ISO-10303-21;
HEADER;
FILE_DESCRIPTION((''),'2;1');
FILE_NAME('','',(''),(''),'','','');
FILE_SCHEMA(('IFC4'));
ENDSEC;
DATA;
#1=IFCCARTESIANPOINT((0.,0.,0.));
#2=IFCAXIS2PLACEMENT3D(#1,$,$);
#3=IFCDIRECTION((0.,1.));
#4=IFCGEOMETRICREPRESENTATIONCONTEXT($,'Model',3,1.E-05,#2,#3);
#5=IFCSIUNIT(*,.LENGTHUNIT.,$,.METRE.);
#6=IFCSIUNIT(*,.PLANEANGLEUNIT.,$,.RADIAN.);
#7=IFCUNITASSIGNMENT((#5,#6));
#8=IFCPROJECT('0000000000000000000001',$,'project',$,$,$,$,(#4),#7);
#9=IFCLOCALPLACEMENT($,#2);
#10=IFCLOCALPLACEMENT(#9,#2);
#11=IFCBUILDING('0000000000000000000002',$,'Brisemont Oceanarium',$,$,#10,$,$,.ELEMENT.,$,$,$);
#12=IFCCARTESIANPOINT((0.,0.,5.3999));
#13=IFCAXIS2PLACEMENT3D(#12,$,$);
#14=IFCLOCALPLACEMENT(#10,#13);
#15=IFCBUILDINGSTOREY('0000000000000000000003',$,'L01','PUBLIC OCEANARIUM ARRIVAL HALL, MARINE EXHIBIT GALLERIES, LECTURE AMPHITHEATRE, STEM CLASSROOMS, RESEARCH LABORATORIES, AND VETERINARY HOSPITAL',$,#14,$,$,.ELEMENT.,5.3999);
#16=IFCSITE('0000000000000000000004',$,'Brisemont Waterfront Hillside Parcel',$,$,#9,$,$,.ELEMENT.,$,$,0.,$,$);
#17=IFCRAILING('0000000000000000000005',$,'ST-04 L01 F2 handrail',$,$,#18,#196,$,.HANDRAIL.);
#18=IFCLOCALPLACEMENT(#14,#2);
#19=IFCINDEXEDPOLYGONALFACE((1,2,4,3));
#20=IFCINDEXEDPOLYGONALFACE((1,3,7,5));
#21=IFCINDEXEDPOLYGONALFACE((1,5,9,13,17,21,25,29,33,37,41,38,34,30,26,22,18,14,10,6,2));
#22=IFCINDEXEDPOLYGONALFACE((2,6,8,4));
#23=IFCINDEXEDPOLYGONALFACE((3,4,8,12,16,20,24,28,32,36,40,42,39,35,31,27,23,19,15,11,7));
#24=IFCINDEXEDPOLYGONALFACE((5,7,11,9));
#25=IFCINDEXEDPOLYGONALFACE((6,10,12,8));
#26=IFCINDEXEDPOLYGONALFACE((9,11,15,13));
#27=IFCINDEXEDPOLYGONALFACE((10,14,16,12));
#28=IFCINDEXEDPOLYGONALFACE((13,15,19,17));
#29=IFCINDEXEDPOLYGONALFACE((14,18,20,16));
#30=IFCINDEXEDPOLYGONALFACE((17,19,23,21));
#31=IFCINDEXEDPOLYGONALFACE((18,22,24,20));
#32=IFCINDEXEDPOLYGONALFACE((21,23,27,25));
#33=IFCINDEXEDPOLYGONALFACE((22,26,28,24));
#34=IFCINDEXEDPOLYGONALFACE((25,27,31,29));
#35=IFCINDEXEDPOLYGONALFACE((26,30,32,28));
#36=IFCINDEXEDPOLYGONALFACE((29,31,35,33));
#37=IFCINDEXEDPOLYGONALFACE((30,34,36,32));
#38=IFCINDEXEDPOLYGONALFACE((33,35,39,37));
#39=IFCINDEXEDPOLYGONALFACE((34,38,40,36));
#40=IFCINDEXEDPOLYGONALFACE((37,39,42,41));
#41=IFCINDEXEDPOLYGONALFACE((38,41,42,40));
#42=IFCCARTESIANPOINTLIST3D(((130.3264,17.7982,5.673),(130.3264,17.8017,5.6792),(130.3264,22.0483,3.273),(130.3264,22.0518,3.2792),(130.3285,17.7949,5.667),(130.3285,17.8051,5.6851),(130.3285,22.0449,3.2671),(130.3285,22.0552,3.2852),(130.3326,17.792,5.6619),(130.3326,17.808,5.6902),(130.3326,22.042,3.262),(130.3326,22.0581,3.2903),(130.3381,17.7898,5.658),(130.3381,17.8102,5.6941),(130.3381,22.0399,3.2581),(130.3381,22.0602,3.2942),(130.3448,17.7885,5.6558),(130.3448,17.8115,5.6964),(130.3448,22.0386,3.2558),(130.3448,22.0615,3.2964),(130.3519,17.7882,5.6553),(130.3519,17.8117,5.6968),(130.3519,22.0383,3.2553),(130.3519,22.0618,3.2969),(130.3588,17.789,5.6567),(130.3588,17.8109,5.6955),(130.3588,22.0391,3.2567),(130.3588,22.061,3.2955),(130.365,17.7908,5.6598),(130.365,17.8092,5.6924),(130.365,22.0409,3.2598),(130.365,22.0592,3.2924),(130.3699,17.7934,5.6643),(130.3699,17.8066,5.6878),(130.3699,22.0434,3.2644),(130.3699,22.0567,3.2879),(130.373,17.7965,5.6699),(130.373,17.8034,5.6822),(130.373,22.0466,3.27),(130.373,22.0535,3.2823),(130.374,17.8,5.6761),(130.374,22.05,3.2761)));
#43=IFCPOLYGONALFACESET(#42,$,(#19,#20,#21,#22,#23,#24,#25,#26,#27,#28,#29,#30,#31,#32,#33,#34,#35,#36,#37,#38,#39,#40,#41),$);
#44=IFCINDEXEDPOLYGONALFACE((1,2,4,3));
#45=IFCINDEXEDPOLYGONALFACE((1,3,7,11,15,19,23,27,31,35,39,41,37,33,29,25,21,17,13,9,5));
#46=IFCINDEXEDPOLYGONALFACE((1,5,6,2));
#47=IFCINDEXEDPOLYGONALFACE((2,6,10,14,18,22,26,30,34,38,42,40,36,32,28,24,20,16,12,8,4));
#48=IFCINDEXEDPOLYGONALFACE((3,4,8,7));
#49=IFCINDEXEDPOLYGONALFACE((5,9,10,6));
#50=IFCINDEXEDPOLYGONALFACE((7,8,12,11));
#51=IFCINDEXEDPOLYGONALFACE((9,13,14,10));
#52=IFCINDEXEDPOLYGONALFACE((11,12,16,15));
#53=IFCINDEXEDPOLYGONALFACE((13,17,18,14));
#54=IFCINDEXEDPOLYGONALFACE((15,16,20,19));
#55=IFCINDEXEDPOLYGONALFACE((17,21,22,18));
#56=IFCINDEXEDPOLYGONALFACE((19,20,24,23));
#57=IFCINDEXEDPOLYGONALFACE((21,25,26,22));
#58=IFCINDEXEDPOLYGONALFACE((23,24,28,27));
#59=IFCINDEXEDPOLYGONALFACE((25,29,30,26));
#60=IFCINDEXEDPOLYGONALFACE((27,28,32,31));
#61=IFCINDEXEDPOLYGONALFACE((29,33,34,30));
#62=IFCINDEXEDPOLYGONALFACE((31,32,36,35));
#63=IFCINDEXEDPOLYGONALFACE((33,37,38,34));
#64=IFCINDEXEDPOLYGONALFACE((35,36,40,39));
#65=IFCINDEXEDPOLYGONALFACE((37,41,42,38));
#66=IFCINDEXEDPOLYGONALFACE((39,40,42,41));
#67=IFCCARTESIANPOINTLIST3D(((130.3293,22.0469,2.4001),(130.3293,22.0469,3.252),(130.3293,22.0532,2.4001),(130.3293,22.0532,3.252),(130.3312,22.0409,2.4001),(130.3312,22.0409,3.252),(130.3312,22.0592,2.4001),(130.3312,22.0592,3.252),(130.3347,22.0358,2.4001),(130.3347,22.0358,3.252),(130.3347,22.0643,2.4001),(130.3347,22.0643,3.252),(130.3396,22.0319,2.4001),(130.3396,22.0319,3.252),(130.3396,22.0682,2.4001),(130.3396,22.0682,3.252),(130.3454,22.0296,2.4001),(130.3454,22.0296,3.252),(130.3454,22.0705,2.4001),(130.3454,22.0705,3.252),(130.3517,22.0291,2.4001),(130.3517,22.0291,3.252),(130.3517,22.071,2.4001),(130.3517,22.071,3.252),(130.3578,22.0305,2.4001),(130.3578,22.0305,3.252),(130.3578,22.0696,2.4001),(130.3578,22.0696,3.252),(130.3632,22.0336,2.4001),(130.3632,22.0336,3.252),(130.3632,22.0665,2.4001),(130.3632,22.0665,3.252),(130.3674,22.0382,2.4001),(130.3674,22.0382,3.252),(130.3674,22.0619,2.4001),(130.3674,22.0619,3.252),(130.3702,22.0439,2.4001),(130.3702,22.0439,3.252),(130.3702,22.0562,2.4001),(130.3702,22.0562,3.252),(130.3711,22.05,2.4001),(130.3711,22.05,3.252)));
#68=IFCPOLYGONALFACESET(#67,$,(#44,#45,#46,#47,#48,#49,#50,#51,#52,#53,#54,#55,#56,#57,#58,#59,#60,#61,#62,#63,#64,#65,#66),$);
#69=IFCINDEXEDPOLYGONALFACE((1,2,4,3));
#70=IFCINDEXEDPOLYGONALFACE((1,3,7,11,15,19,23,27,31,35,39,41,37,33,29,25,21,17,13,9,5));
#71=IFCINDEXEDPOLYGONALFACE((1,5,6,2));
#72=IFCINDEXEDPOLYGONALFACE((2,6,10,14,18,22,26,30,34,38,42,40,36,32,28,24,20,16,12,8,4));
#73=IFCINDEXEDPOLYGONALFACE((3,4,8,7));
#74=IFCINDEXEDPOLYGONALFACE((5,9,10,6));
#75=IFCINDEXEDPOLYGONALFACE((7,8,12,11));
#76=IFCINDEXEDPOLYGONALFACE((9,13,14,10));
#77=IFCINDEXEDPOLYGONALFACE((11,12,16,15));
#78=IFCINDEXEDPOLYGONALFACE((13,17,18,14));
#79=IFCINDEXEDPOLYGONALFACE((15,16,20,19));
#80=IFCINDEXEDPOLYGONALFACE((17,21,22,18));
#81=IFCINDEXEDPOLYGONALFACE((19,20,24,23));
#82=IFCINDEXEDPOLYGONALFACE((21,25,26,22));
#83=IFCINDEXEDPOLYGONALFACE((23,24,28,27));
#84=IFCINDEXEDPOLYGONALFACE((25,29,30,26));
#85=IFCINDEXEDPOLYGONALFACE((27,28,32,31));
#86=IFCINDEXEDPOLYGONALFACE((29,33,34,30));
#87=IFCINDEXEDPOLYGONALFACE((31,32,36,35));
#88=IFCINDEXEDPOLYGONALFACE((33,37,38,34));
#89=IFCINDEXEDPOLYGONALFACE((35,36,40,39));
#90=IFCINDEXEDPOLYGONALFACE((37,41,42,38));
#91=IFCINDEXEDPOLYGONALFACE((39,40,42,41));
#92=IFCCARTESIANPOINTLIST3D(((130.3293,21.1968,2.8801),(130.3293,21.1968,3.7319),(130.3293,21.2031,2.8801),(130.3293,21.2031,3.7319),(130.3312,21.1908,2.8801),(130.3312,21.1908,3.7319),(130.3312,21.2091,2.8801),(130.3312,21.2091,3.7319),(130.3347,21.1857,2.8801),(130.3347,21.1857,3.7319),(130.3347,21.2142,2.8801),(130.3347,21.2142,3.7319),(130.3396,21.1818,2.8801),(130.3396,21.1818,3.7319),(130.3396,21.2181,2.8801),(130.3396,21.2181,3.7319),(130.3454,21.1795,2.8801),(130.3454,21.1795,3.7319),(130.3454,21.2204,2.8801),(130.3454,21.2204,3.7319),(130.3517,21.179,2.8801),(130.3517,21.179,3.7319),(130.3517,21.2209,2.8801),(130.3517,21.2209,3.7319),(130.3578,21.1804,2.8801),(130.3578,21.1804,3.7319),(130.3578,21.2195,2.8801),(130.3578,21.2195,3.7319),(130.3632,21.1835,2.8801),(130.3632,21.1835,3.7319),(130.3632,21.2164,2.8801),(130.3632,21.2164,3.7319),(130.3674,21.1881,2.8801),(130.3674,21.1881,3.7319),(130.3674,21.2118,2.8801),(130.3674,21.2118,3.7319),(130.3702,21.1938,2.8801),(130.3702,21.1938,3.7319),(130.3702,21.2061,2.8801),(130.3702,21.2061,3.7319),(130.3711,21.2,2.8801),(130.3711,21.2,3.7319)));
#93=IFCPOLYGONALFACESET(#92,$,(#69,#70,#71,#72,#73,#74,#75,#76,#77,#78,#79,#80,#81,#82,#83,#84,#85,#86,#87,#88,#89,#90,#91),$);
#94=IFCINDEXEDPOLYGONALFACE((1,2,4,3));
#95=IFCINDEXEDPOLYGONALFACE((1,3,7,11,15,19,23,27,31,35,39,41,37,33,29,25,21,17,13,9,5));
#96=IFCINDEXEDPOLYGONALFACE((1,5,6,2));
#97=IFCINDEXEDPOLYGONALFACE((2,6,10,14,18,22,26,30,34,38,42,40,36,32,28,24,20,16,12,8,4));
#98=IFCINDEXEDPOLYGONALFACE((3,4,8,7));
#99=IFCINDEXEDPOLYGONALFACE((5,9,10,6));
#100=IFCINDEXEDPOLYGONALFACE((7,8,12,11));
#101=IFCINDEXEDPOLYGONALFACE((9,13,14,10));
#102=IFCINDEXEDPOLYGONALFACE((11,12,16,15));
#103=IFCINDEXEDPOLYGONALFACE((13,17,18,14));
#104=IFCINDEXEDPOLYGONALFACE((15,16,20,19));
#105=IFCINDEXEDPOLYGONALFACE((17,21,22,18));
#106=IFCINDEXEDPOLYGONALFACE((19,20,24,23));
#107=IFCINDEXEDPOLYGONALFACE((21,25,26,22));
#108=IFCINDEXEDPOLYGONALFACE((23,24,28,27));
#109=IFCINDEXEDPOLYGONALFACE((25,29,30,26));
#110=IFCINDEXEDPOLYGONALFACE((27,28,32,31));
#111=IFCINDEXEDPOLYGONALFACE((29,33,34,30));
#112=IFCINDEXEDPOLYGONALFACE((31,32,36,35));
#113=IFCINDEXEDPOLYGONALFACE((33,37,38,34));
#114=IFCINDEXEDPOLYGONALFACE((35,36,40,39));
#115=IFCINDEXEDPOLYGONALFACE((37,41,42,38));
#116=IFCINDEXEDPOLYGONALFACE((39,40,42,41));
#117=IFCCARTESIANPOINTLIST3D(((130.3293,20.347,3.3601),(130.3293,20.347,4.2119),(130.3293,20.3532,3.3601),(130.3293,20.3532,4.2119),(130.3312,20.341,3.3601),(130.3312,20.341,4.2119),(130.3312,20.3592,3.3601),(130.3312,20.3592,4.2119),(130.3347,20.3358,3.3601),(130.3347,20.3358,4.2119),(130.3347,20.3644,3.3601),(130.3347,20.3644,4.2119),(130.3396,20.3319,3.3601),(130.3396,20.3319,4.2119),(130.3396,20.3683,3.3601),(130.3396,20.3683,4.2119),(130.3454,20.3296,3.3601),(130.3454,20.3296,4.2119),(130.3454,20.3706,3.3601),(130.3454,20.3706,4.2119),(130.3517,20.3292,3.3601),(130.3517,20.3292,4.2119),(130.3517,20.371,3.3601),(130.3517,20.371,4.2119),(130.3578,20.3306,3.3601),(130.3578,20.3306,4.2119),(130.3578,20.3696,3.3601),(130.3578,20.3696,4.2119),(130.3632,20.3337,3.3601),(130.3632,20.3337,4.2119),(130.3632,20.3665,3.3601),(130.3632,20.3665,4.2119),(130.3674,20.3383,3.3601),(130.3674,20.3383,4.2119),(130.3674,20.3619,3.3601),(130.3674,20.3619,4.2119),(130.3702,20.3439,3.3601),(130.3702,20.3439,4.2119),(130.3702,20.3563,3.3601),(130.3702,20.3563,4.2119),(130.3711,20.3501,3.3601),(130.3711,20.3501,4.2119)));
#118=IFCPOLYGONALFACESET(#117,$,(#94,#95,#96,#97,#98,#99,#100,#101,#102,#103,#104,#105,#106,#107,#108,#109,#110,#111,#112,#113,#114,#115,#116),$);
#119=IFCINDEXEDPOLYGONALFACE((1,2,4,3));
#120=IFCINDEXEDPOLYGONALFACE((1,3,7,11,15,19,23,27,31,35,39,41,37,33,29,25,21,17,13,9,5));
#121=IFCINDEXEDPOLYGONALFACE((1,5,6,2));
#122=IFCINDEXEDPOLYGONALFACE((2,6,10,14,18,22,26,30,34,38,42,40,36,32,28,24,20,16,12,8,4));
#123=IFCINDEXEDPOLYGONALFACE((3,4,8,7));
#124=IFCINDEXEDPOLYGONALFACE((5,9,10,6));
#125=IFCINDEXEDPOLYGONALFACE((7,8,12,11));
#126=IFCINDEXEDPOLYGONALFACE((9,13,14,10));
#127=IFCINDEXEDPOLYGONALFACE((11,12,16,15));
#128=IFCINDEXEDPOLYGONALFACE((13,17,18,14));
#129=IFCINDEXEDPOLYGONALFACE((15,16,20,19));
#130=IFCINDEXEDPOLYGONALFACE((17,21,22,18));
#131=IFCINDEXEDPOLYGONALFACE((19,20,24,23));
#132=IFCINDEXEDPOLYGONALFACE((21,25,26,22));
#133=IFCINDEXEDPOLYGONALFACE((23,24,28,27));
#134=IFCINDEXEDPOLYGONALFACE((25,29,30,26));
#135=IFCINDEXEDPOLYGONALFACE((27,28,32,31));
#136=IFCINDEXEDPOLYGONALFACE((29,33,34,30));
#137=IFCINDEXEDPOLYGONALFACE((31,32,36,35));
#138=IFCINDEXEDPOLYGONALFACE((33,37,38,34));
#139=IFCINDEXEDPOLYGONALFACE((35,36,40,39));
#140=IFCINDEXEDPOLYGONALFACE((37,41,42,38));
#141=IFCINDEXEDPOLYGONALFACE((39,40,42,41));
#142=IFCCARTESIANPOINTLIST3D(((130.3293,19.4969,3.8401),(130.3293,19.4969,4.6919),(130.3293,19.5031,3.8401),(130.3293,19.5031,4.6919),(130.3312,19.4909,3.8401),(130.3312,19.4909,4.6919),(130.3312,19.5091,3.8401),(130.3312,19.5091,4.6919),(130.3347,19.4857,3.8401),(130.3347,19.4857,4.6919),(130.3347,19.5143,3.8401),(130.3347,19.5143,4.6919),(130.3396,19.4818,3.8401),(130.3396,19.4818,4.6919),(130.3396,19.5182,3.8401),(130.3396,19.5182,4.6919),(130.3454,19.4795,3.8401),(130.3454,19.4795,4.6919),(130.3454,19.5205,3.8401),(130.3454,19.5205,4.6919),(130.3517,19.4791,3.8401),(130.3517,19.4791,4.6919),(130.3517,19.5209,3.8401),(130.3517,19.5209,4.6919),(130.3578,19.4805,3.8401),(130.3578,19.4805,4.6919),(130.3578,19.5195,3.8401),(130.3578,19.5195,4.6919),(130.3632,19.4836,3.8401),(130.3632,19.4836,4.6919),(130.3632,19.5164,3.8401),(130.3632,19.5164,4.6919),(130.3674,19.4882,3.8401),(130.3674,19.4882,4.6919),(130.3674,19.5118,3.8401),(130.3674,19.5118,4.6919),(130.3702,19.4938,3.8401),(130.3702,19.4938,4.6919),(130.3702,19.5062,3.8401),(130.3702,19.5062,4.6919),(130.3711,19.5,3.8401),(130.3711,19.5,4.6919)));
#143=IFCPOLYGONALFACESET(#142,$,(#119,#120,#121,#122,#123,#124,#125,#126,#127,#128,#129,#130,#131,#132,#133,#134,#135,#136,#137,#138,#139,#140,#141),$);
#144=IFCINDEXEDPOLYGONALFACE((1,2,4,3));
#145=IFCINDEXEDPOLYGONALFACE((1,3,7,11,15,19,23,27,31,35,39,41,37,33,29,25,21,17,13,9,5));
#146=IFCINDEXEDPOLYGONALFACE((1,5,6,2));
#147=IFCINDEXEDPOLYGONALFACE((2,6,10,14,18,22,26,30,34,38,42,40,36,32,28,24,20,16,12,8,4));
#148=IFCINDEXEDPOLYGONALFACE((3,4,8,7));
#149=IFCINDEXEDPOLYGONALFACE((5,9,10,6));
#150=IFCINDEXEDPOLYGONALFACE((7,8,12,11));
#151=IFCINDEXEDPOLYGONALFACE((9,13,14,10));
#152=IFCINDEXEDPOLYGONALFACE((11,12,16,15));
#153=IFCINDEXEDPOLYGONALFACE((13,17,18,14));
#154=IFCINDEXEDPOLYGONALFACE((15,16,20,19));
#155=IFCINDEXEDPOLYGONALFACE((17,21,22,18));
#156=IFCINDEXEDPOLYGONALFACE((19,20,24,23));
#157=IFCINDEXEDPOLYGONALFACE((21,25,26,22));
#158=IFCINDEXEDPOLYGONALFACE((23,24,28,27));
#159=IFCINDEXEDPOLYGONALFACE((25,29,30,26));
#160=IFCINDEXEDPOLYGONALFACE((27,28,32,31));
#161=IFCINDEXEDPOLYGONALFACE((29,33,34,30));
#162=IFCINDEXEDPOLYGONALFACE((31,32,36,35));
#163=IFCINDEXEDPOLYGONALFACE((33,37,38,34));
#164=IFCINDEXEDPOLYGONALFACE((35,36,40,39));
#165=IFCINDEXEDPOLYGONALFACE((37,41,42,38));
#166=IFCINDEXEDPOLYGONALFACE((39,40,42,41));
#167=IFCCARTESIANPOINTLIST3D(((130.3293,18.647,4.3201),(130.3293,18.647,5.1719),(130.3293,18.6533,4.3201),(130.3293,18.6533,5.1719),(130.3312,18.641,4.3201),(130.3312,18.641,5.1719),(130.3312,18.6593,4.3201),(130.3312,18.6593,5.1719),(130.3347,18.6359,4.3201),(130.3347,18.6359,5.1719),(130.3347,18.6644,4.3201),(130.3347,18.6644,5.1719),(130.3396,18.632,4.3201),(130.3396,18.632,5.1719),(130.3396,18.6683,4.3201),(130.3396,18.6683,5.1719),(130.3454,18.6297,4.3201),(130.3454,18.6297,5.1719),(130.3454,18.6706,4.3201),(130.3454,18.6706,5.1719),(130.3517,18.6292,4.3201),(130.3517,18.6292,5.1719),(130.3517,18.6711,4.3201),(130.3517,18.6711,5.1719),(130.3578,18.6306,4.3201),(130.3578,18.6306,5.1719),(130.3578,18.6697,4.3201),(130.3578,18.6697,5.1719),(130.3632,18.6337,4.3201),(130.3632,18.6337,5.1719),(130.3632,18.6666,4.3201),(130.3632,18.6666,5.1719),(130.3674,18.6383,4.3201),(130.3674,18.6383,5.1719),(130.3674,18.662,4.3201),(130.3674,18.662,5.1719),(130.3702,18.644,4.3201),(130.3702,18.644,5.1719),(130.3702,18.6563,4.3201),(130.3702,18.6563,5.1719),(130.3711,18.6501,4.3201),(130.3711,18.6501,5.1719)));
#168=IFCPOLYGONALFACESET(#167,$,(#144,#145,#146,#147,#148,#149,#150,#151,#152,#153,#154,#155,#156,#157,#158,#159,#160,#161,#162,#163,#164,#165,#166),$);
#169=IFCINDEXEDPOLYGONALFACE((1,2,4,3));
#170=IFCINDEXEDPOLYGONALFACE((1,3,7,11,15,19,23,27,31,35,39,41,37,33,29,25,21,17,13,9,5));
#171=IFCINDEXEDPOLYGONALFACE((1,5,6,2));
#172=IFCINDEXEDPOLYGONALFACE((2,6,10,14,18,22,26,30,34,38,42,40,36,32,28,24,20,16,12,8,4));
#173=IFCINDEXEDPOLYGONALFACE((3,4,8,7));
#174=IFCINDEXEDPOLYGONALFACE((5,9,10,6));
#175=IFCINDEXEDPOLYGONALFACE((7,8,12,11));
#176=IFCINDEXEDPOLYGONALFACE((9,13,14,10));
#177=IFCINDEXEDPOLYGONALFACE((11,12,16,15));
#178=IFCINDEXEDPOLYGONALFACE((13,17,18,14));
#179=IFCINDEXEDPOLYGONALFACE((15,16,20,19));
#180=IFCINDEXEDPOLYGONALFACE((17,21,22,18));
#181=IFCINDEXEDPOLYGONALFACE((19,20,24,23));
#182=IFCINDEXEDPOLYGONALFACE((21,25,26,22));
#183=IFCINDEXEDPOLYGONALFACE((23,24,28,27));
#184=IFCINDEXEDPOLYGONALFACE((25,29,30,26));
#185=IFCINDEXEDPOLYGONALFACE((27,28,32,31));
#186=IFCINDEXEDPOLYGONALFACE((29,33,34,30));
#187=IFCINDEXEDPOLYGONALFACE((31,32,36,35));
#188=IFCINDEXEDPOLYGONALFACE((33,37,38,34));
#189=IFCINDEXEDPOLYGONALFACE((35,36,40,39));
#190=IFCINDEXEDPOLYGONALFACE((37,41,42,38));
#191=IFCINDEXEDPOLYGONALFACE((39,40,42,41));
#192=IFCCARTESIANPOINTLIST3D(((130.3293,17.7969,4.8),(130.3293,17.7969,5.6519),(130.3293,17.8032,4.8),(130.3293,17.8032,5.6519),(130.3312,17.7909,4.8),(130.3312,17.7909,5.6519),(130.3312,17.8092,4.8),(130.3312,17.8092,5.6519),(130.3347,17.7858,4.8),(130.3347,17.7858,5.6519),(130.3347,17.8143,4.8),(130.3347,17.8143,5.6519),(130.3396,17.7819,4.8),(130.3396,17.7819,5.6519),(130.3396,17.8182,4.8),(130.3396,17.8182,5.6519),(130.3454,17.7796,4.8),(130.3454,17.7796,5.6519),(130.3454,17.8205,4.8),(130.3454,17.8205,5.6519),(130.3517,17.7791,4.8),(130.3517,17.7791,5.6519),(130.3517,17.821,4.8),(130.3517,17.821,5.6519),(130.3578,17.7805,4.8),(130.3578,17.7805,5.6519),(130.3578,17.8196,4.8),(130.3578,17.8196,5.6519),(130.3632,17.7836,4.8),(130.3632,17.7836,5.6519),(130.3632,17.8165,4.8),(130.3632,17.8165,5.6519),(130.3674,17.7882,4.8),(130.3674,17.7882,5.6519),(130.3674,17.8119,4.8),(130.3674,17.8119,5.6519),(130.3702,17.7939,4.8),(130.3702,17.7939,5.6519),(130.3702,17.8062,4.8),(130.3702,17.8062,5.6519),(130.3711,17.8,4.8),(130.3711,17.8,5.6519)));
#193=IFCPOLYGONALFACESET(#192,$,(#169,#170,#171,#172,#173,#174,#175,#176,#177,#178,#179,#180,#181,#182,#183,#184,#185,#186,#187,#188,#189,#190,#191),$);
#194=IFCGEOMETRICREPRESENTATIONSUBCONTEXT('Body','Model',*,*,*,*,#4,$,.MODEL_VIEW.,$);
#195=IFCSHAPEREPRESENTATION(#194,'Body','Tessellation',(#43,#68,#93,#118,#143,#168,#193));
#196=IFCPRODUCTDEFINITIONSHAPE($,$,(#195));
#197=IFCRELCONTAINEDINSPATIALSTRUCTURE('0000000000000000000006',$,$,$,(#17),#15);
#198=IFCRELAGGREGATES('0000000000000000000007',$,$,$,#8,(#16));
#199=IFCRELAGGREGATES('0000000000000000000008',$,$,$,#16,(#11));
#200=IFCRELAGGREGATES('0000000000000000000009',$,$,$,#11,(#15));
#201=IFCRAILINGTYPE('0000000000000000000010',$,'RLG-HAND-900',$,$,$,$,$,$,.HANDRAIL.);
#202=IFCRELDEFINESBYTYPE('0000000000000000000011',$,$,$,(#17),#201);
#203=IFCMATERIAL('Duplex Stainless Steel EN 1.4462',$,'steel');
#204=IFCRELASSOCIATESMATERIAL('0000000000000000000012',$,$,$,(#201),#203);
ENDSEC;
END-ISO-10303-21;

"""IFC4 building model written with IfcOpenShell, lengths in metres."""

from ifc_helpers import new_model, si_unit, direction, frame, origin, origin_2d, place, context, subcontext, project, spatial, circle, extrude, material, type_object, element, save


model = new_model("IFC4")

# Units and contexts
model_context = context("Model", 3, precision=1e-05, world=origin(), true_north=direction((0.0, 1.0)))
body_context = subcontext(model_context, "Body", "Model", "MODEL_VIEW")
ifc_project = project(units=[si_unit("LENGTHUNIT", "METRE"), si_unit("PLANEANGLEUNIT", "RADIAN")], contexts=[model_context])

# Site, building, storey
site_placement = place(None, origin())
site = spatial("IfcSite", under=ifc_project, at=site_placement, Name="Brisemont Waterfront Hillside Parcel", CompositionType="ELEMENT", RefElevation=0.0)
building_placement = place(site_placement, origin())
building = spatial("IfcBuilding", under=site, at=building_placement, Name="Brisemont Oceanarium", CompositionType="ELEMENT")
storey_placement = place(building_placement, frame((0.0, 0.0, 5.3999)))
storey = spatial("IfcBuildingStorey", under=building, at=storey_placement, Name="L01", Description="PUBLIC OCEANARIUM ARRIVAL HALL, MARINE EXHIBIT GALLERIES, LECTURE AMPHITHEATRE, STEM CLASSROOMS, RESEARCH LABORATORIES, AND VETERINARY HOSPITAL", CompositionType="ELEMENT", Elevation=5.3999)

# Railing
ifc_material_1 = material(Name="Duplex Stainless Steel EN 1.4462", Category="steel")
railing_type_1 = type_object("IfcRailingType", Name="RLG-HAND-900", PredefinedType="HANDRAIL", material=ifc_material_1)
railing_1_placement = place(storey_placement, frame((130.3501, 22.05, 2.4001)))
element("IfcRailing", 1, at=railing_1_placement, inside=storey, type_object=railing_type_1, Name="ST-04 L01 F2 handrail", PredefinedType="HANDRAIL", context=body_context, shape_type="SweptSolid", body=[
    extrude(circle(Radius=0.0239, at=origin_2d()), frame((0.0, 0.0, 0.876), z_axis=(0.0, -0.870762, 0.491704), x_axis=(1.0, 0.0, 0.0)), (0.0, 0.0, 1.0), 4.8809),
    extrude(circle(Radius=0.021, at=origin_2d()), origin(), (0.0, 0.0, 1.0), 0.8518),
    extrude(circle(Radius=0.021, at=origin_2d()), frame((0.0, -0.8501, 0.48)), (0.0, 0.0, 1.0), 0.8518),
    extrude(circle(Radius=0.021, at=origin_2d()), frame((0.0, -1.7, 0.96)), (0.0, 0.0, 1.0), 0.8518),
    extrude(circle(Radius=0.021, at=origin_2d()), frame((0.0, -2.55, 1.4399)), (0.0, 0.0, 1.0), 0.8518),
    extrude(circle(Radius=0.021, at=origin_2d()), frame((0.0, -3.3999, 1.9199)), (0.0, 0.0, 1.0), 0.8518),
    extrude(circle(Radius=0.021, at=origin_2d()), frame((0.0, -4.25, 2.3999)), (0.0, 0.0, 1.0), 0.8518),
])

save(model, "model.ifc")
